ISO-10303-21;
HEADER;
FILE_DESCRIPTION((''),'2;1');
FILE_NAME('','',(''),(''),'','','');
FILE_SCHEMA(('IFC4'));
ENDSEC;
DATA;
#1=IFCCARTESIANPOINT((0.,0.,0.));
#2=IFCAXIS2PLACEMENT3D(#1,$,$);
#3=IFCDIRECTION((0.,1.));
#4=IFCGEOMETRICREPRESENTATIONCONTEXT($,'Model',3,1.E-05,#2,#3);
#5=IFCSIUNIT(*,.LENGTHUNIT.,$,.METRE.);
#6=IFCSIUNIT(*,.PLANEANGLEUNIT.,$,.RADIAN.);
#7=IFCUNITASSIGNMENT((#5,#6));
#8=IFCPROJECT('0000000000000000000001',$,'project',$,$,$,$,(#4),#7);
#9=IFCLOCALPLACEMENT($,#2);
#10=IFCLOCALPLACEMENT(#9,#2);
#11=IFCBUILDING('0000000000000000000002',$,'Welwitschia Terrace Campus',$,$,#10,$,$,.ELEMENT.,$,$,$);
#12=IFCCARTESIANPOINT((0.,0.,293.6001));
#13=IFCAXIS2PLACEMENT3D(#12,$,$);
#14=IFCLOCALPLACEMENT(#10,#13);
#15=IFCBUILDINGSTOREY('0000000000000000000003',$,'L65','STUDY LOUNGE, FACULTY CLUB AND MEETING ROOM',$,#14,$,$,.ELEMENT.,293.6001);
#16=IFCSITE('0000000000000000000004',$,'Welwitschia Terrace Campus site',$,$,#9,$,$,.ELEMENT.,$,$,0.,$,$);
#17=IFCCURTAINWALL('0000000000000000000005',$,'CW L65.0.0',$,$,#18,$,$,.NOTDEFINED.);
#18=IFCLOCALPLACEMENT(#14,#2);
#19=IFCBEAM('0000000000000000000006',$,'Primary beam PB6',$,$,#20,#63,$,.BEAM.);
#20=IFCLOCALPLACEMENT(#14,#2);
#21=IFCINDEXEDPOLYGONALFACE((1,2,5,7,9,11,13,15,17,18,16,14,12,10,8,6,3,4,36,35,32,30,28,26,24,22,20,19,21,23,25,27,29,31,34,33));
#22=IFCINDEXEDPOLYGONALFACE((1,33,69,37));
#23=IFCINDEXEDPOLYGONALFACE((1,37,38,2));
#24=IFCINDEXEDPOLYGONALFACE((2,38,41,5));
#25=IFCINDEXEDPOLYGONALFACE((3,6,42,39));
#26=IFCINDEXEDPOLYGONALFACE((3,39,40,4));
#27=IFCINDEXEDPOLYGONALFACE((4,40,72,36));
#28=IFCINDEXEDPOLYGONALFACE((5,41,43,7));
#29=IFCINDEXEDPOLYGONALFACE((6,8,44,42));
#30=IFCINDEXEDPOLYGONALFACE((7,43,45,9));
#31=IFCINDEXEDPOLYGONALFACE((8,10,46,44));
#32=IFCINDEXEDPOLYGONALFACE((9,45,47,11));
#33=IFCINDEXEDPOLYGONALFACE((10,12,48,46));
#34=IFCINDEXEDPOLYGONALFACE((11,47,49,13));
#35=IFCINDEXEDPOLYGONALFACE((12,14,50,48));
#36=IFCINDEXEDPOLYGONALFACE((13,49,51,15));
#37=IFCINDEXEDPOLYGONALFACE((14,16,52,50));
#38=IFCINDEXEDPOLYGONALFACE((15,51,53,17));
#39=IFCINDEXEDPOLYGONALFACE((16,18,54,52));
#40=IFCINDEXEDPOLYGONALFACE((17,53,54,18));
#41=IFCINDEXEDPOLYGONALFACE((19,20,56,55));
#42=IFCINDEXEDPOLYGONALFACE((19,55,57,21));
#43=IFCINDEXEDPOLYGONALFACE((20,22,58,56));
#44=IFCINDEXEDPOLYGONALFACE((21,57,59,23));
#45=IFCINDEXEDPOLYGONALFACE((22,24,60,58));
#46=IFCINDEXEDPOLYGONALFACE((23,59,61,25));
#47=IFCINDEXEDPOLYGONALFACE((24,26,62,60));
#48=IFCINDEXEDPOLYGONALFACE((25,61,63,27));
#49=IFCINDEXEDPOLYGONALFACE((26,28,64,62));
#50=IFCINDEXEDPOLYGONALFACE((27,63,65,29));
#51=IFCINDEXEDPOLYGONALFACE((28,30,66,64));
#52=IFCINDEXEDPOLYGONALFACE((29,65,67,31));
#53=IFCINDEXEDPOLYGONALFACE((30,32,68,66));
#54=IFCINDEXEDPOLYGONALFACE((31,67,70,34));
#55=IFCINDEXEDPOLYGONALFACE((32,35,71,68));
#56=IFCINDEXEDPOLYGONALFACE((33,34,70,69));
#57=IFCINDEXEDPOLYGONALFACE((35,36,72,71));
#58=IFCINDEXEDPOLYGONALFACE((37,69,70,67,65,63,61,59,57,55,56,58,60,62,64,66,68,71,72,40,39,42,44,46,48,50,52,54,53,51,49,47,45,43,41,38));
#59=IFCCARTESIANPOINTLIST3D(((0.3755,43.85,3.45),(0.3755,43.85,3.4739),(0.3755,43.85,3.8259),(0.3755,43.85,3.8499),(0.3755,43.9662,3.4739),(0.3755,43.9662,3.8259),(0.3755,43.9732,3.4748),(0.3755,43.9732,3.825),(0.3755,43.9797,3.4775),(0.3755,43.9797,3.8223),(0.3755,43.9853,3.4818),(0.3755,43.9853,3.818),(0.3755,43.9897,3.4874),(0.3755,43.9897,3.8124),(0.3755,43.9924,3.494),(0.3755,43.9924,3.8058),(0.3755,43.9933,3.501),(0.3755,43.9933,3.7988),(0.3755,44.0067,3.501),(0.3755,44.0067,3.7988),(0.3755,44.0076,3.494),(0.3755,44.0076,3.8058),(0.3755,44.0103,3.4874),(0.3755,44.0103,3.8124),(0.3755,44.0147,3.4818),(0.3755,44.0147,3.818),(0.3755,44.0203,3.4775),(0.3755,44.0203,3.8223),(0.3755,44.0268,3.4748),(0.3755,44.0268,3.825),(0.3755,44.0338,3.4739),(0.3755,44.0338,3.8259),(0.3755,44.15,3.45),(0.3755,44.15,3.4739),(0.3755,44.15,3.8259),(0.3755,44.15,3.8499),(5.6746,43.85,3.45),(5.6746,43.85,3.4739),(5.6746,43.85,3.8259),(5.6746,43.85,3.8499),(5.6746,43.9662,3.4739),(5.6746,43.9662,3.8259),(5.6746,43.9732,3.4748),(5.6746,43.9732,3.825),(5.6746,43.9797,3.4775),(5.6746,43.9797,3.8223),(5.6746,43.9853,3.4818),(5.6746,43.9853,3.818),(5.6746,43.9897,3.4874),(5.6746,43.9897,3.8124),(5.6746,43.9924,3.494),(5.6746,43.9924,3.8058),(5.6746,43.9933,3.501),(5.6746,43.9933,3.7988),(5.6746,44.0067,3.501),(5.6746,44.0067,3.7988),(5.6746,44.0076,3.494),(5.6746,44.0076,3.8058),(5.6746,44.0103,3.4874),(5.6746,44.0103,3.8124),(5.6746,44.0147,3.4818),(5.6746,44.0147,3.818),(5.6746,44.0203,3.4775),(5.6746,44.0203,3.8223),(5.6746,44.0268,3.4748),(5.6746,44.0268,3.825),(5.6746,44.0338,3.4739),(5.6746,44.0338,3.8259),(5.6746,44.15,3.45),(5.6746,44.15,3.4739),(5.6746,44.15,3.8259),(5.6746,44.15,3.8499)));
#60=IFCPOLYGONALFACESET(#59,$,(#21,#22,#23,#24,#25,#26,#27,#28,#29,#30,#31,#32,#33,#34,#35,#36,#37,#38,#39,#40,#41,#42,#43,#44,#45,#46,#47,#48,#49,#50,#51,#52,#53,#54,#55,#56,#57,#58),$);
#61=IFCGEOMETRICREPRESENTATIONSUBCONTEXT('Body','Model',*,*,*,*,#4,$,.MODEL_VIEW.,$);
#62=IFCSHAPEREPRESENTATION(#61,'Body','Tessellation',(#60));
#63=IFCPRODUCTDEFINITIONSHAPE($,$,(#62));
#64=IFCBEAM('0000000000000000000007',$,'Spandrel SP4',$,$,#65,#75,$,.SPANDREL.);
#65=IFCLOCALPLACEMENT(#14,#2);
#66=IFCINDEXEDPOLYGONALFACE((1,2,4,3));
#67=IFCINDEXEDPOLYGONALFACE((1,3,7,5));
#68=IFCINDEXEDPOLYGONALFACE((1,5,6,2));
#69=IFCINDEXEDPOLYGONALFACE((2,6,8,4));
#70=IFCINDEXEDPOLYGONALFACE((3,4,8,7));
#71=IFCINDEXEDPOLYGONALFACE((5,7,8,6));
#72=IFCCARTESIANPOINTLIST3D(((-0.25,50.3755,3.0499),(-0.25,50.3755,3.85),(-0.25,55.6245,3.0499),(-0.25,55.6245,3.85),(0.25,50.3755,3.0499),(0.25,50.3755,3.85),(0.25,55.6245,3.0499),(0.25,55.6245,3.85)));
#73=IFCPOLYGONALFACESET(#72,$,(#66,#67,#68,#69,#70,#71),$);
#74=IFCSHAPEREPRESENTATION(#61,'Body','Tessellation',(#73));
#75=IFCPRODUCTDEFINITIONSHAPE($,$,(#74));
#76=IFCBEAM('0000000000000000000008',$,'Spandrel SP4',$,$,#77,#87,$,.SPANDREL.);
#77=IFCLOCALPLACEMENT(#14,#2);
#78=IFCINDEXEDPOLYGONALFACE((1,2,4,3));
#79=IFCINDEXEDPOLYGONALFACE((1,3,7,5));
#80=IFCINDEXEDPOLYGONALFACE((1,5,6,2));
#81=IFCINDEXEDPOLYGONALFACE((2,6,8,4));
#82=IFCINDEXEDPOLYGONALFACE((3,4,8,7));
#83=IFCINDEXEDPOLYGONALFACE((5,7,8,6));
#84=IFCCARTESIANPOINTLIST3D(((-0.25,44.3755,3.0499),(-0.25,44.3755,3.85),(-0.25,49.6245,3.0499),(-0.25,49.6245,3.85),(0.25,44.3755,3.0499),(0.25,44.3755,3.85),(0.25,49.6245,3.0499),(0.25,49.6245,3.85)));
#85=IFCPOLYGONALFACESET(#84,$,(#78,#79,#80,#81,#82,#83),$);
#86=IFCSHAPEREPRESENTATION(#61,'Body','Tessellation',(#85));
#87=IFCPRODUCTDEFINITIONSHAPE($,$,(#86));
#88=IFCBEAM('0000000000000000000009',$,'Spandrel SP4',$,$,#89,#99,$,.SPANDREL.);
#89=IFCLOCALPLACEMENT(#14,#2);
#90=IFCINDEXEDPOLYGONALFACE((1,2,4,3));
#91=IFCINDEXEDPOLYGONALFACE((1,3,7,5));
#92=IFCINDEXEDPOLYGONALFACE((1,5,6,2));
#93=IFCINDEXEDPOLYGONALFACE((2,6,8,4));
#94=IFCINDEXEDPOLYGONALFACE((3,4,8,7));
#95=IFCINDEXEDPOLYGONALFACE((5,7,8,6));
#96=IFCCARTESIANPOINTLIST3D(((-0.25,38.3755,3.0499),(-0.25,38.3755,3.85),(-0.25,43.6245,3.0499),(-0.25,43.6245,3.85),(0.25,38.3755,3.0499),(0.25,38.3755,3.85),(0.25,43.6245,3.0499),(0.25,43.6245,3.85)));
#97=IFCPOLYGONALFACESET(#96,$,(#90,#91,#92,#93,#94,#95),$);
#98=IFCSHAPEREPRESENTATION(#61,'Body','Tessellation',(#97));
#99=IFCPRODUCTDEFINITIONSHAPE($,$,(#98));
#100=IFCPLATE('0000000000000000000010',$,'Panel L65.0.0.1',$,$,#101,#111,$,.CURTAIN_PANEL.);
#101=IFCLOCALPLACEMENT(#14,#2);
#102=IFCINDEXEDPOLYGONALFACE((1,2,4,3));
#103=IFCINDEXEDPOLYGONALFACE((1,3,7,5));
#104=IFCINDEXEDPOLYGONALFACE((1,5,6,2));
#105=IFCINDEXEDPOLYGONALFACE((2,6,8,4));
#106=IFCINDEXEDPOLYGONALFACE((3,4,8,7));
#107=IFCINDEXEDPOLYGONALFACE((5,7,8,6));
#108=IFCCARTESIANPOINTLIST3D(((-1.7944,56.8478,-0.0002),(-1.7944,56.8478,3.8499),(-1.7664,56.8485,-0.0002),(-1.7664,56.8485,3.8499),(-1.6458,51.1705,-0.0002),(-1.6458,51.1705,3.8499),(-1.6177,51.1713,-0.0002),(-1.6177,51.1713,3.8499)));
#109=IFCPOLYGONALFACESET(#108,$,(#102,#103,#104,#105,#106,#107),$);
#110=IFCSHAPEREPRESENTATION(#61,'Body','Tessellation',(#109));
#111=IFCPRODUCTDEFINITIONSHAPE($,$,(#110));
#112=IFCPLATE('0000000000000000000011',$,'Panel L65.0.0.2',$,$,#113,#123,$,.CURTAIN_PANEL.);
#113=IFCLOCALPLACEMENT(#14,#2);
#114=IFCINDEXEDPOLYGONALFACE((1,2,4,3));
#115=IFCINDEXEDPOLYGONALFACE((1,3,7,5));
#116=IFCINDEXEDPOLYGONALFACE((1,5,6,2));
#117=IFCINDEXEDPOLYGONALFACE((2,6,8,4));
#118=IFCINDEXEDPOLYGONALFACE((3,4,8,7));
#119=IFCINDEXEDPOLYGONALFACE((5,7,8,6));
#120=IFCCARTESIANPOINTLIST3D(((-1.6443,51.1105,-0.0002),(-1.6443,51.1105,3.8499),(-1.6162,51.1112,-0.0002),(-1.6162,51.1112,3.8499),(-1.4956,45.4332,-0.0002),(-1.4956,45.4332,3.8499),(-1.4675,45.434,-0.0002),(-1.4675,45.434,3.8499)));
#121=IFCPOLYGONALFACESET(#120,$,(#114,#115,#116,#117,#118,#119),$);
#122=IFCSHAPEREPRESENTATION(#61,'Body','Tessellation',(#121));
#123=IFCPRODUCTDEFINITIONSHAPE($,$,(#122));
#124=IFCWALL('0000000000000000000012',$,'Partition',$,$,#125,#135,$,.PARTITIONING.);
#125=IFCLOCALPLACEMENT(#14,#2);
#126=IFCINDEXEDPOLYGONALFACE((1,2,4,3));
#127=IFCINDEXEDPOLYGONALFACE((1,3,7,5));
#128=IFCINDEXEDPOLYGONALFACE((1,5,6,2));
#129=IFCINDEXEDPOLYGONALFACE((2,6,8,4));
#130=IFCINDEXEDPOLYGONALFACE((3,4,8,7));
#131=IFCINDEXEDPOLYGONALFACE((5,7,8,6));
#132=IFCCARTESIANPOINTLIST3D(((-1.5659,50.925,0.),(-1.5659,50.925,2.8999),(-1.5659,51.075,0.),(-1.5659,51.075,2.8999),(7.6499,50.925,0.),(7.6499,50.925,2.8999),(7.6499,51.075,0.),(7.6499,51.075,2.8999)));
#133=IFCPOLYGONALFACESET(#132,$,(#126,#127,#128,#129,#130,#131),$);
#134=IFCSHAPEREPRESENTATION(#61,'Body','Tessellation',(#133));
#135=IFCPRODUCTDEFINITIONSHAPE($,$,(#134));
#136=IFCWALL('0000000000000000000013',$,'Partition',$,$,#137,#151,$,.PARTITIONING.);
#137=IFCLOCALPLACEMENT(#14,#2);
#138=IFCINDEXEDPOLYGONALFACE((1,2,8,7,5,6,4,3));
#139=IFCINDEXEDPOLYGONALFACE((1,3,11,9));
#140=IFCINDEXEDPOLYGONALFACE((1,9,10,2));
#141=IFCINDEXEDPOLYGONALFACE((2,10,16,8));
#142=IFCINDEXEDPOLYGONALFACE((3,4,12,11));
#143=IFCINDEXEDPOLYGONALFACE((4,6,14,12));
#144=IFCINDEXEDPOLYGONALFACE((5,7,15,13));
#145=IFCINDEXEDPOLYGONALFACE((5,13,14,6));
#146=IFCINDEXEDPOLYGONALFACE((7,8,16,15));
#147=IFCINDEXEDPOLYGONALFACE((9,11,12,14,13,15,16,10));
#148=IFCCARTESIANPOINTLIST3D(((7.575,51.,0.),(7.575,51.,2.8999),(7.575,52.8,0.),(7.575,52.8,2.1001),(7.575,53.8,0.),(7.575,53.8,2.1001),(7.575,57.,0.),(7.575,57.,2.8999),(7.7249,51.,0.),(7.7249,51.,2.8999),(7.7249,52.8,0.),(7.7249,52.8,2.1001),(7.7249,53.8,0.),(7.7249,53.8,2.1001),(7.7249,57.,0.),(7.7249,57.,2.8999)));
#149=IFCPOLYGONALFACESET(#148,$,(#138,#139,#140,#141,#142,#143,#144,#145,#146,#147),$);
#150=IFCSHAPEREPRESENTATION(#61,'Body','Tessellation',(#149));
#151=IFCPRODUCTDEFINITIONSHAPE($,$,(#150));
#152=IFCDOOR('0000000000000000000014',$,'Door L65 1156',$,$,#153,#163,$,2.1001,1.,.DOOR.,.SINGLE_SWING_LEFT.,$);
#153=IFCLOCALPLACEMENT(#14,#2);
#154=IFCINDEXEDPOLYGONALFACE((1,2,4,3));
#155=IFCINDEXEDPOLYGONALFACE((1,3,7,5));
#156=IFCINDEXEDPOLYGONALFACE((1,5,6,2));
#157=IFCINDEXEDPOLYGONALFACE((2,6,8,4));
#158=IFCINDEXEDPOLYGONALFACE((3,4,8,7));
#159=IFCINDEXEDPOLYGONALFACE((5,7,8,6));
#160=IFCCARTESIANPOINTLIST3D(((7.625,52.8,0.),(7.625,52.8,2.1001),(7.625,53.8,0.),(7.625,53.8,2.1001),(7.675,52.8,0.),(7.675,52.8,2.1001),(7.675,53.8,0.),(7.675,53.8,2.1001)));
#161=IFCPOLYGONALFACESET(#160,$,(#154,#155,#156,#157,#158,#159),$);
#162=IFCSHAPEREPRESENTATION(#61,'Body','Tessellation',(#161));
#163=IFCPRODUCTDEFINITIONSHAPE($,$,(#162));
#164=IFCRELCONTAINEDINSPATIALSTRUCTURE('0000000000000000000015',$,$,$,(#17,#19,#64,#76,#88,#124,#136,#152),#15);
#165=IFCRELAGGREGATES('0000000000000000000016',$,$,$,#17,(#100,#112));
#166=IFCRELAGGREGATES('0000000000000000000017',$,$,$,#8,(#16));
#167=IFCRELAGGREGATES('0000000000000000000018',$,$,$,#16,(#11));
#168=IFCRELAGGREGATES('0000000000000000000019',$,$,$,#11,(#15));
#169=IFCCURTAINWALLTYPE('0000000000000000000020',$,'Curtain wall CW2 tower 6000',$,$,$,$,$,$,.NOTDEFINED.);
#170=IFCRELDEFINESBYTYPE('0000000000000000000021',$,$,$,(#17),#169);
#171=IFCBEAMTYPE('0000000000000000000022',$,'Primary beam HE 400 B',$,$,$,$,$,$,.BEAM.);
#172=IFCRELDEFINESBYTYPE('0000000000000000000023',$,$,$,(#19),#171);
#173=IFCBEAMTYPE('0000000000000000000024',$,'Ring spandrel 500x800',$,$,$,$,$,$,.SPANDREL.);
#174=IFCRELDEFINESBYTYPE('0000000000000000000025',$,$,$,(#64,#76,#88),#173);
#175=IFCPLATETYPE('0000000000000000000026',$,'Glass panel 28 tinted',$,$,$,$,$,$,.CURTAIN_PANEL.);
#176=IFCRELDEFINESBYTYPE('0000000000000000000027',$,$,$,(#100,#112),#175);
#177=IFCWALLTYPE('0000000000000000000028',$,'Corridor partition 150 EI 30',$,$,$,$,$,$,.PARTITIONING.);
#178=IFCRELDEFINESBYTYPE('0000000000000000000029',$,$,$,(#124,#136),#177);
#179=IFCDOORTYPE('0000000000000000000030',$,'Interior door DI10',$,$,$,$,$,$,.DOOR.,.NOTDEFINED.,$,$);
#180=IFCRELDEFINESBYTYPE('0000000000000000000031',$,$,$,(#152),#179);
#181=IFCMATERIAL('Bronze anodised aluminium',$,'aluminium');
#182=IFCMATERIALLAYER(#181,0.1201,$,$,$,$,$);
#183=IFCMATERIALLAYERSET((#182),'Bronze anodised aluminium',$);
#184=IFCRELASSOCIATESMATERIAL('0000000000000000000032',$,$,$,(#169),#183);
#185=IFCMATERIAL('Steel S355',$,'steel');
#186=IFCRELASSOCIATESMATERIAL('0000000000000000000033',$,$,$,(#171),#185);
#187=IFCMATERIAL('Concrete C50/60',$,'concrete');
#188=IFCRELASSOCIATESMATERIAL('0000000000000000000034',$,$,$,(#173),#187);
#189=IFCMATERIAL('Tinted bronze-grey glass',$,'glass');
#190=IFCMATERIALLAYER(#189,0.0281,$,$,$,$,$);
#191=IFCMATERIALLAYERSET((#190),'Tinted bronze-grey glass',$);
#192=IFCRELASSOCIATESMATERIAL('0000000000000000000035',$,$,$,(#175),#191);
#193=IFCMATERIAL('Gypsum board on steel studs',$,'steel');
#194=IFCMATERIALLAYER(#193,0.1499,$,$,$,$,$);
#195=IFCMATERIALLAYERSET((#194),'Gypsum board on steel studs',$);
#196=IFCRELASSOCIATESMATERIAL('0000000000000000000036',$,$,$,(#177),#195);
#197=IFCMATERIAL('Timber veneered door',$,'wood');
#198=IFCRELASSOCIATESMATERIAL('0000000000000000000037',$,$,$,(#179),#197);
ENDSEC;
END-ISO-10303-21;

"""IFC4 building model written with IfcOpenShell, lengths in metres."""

from ifc_helpers import new_model, si_unit, direction, frame, frame_2d, origin, origin_2d, place, context, subcontext, project, spatial, rectangle, i_section, extrude, material, layer, layer_set, material_profile, profile_set, type_object, element, fill, aggregate, save


model = new_model("IFC4")

# Units and contexts
model_context = context("Model", 3, precision=1e-05, world=origin(), true_north=direction((0.0, 1.0)))
body_context = subcontext(model_context, "Body", "Model", "MODEL_VIEW")
ifc_project = project(units=[si_unit("LENGTHUNIT", "METRE"), si_unit("PLANEANGLEUNIT", "RADIAN")], contexts=[model_context])

# Site, building, storey
site_placement = place(None, origin())
site = spatial("IfcSite", under=ifc_project, at=site_placement, Name="Welwitschia Terrace Campus site", CompositionType="ELEMENT", RefElevation=0.0)
building_placement = place(site_placement, origin())
building = spatial("IfcBuilding", under=site, at=building_placement, Name="Welwitschia Terrace Campus", CompositionType="ELEMENT")
storey_placement = place(building_placement, frame((0.0, 0.0, 293.6001)))
storey = spatial("IfcBuildingStorey", under=building, at=storey_placement, Name="L65", Description="STUDY LOUNGE, FACULTY CLUB AND MEETING ROOM", CompositionType="ELEMENT", Elevation=293.6001)

# Curtain wall
ifc_material_1 = material(Name="Bronze anodised aluminium", Category="aluminium")
ifc_layer_1 = layer(ifc_material_1, 0.1201)
ifc_layer_set_1 = layer_set([ifc_layer_1], Name="Bronze anodised aluminium")
curtain_wall_type = type_object("IfcCurtainWallType", Name="Curtain wall CW2 tower 6000", PredefinedType="NOTDEFINED", material=ifc_layer_set_1)
curtain_wall_placement = place(storey_placement, origin())
curtain_wall = element("IfcCurtainWall", 1, at=curtain_wall_placement, inside=storey, type_object=curtain_wall_type, Name="CW L65.0.0", PredefinedType="NOTDEFINED")

# Beams
ifc_material_2 = material(Name="Steel S355", Category="steel")
ifc_material_profile_1 = material_profile(ifc_material_2, i_section(OverallWidth=0.3, OverallDepth=0.3999, WebThickness=0.0134, FlangeThickness=0.0239, FilletRadius=0.0271, at=origin_2d()))
ifc_profile_set_1 = profile_set([ifc_material_profile_1], Name="Steel S355")
beam_type_1 = type_object("IfcBeamType", Name="Primary beam HE 400 B", PredefinedType="BEAM", material=ifc_profile_set_1)
for number, where, z_axis, x_axis, name in (
    (2, (0.3755, 44.0, 3.6499), (1.0, 0.0, 0.0), (0.0, 1.0, 0.0), "Primary beam PB6"),
):
    element("IfcBeam", number, at=place(storey_placement, frame(where, z_axis=z_axis, x_axis=x_axis)), inside=storey, type_object=beam_type_1, Name=name, PredefinedType="BEAM", context=body_context, shape_type="SweptSolid", body=[
        extrude(i_section(OverallWidth=0.3, OverallDepth=0.3999, WebThickness=0.0134, FlangeThickness=0.0239, FilletRadius=0.0271, at=origin_2d()), origin(), (0.0, 0.0, 1.0), 5.2991),
    ])
ifc_material_3 = material(Name="Concrete C50/60", Category="concrete")
ifc_material_profile_2 = material_profile(ifc_material_3, rectangle(XDim=0.5, YDim=0.8, at=origin_2d()))
ifc_profile_set_2 = profile_set([ifc_material_profile_2], Name="Concrete C50/60")
beam_type_2 = type_object("IfcBeamType", Name="Ring spandrel 500x800", PredefinedType="SPANDREL", material=ifc_profile_set_2)
for number, where, z_axis, x_axis, name in (
    (3, (0.0, 55.6245, 3.45), (0.0, -1.0, 0.0), (1.0, 0.0, 0.0), "Spandrel SP4"),
    (4, (0.0, 49.6245, 3.45), (0.0, -1.0, 0.0), (1.0, 0.0, 0.0), "Spandrel SP4"),
    (5, (0.0, 43.6245, 3.45), (0.0, -1.0, 0.0), (1.0, 0.0, 0.0), "Spandrel SP4"),
):
    element("IfcBeam", number, at=place(storey_placement, frame(where, z_axis=z_axis, x_axis=x_axis)), inside=storey, type_object=beam_type_2, Name=name, PredefinedType="SPANDREL", context=body_context, shape_type="SweptSolid", body=[
        extrude(rectangle(XDim=0.5, YDim=0.8, at=origin_2d()), origin(), (0.0, 0.0, 1.0), 5.249),
    ])

# Plates
ifc_material_4 = material(Name="Tinted bronze-grey glass", Category="glass")
ifc_layer_2 = layer(ifc_material_4, 0.0281)
ifc_layer_set_2 = layer_set([ifc_layer_2], Name="Tinted bronze-grey glass")
plate_type = type_object("IfcPlateType", Name="Glass panel 28 tinted", PredefinedType="CURTAIN_PANEL", material=ifc_layer_set_2)
plate_1_placement = place(storey_placement, frame((-1.7061, 54.0095, -0.0002), z_axis=(0.0, 0.0, 1.0), x_axis=(0.026177, -0.999657, 0.0)))
plate_1 = element("IfcPlate", 6, at=plate_1_placement, type_object=plate_type, Name="Panel L65.0.0.1", PredefinedType="CURTAIN_PANEL", context=body_context, shape_type="SweptSolid", body=[
    extrude(rectangle(XDim=5.6792, YDim=0.0281, at=origin_2d()), origin(), (0.0, 0.0, 1.0), 3.8501),
])
plate_2_placement = place(storey_placement, frame((-1.5559, 48.2722, -0.0002), z_axis=(0.0, 0.0, 1.0), x_axis=(0.026177, -0.999657, 0.0)))
plate_2 = element("IfcPlate", 7, at=plate_2_placement, type_object=plate_type, Name="Panel L65.0.0.2", PredefinedType="CURTAIN_PANEL", context=body_context, shape_type="SweptSolid", body=[
    extrude(rectangle(XDim=5.6792, YDim=0.0281, at=origin_2d()), origin(), (0.0, 0.0, 1.0), 3.8501),
])
aggregate(curtain_wall, [plate_1, plate_2])

# Wall
ifc_material_5 = material(Name="Gypsum board on steel studs", Category="steel")
ifc_layer_3 = layer(ifc_material_5, 0.1499)
ifc_layer_set_3 = layer_set([ifc_layer_3], Name="Gypsum board on steel studs")
wall_type = type_object("IfcWallType", Name="Corridor partition 150 EI 30", PredefinedType="PARTITIONING", material=ifc_layer_set_3)
wall_1_placement = place(storey_placement, frame((-1.5659, 51.0, 0.0), z_axis=(0.0, 0.0, 1.0), x_axis=(1.0, 0.0, 0.0)))
element("IfcWall", 8, at=wall_1_placement, inside=storey, type_object=wall_type, Name="Partition", PredefinedType="PARTITIONING", context=body_context, shape_type="SweptSolid", body=[
    extrude(rectangle(XDim=9.2158, YDim=0.1499, at=frame_2d((4.6079, 0.0))), origin(), (0.0, 0.0, 1.0), 2.8999),
])

# Wall, opening, door
wall_2_placement = place(storey_placement, frame((7.6499, 51.0, 0.0), z_axis=(0.0, 0.0, 1.0), x_axis=(0.0, 1.0, 0.0)))
wall_2 = element("IfcWall", 9, at=wall_2_placement, inside=storey, type_object=wall_type, Name="Partition", PredefinedType="PARTITIONING", context=body_context, shape_type="SweptSolid", body=[
    extrude(rectangle(XDim=6.0, YDim=0.1499, at=frame_2d((3.0, 0.0))), origin(), (0.0, 0.0, 1.0), 2.8999),
])
opening_1_placement = place(wall_2_placement, frame((1.8, 0.0, 0.0)))
opening_1 = element("IfcOpeningElement", 10, at=opening_1_placement, cuts=wall_2, PredefinedType="OPENING", context=body_context, shape_type="SweptSolid", body=[
    extrude(rectangle(XDim=1.0, YDim=2.1001, at=frame_2d((0.5, 1.05))), frame((0.0, 0.085, 0.0), z_axis=(0.0, -1.0, 0.0), x_axis=(1.0, 0.0, 0.0)), (0.0, 0.0, 1.0), 0.1699),
])
ifc_material_6 = material(Name="Timber veneered door", Category="wood")
door_type = type_object("IfcDoorType", Name="Interior door DI10", OperationType="NOTDEFINED", PredefinedType="DOOR", material=ifc_material_6)
door_1_placement = place(opening_1_placement, origin())
door_1 = element("IfcDoor", 11, at=door_1_placement, inside=storey, type_object=door_type, Name="Door L65 1156", OperationType="SINGLE_SWING_LEFT", OverallHeight=2.1001, OverallWidth=1.0, PredefinedType="DOOR", context=body_context, shape_type="SweptSolid", body=[
    extrude(rectangle(XDim=1.0, YDim=2.1001, at=frame_2d((0.5, 1.05))), frame((0.0, 0.0249, 0.0), z_axis=(0.0, -1.0, 0.0), x_axis=(1.0, 0.0, 0.0)), (0.0, 0.0, 1.0), 0.05),
])
fill(opening_1, door_1)

save(model, "model.ifc")
